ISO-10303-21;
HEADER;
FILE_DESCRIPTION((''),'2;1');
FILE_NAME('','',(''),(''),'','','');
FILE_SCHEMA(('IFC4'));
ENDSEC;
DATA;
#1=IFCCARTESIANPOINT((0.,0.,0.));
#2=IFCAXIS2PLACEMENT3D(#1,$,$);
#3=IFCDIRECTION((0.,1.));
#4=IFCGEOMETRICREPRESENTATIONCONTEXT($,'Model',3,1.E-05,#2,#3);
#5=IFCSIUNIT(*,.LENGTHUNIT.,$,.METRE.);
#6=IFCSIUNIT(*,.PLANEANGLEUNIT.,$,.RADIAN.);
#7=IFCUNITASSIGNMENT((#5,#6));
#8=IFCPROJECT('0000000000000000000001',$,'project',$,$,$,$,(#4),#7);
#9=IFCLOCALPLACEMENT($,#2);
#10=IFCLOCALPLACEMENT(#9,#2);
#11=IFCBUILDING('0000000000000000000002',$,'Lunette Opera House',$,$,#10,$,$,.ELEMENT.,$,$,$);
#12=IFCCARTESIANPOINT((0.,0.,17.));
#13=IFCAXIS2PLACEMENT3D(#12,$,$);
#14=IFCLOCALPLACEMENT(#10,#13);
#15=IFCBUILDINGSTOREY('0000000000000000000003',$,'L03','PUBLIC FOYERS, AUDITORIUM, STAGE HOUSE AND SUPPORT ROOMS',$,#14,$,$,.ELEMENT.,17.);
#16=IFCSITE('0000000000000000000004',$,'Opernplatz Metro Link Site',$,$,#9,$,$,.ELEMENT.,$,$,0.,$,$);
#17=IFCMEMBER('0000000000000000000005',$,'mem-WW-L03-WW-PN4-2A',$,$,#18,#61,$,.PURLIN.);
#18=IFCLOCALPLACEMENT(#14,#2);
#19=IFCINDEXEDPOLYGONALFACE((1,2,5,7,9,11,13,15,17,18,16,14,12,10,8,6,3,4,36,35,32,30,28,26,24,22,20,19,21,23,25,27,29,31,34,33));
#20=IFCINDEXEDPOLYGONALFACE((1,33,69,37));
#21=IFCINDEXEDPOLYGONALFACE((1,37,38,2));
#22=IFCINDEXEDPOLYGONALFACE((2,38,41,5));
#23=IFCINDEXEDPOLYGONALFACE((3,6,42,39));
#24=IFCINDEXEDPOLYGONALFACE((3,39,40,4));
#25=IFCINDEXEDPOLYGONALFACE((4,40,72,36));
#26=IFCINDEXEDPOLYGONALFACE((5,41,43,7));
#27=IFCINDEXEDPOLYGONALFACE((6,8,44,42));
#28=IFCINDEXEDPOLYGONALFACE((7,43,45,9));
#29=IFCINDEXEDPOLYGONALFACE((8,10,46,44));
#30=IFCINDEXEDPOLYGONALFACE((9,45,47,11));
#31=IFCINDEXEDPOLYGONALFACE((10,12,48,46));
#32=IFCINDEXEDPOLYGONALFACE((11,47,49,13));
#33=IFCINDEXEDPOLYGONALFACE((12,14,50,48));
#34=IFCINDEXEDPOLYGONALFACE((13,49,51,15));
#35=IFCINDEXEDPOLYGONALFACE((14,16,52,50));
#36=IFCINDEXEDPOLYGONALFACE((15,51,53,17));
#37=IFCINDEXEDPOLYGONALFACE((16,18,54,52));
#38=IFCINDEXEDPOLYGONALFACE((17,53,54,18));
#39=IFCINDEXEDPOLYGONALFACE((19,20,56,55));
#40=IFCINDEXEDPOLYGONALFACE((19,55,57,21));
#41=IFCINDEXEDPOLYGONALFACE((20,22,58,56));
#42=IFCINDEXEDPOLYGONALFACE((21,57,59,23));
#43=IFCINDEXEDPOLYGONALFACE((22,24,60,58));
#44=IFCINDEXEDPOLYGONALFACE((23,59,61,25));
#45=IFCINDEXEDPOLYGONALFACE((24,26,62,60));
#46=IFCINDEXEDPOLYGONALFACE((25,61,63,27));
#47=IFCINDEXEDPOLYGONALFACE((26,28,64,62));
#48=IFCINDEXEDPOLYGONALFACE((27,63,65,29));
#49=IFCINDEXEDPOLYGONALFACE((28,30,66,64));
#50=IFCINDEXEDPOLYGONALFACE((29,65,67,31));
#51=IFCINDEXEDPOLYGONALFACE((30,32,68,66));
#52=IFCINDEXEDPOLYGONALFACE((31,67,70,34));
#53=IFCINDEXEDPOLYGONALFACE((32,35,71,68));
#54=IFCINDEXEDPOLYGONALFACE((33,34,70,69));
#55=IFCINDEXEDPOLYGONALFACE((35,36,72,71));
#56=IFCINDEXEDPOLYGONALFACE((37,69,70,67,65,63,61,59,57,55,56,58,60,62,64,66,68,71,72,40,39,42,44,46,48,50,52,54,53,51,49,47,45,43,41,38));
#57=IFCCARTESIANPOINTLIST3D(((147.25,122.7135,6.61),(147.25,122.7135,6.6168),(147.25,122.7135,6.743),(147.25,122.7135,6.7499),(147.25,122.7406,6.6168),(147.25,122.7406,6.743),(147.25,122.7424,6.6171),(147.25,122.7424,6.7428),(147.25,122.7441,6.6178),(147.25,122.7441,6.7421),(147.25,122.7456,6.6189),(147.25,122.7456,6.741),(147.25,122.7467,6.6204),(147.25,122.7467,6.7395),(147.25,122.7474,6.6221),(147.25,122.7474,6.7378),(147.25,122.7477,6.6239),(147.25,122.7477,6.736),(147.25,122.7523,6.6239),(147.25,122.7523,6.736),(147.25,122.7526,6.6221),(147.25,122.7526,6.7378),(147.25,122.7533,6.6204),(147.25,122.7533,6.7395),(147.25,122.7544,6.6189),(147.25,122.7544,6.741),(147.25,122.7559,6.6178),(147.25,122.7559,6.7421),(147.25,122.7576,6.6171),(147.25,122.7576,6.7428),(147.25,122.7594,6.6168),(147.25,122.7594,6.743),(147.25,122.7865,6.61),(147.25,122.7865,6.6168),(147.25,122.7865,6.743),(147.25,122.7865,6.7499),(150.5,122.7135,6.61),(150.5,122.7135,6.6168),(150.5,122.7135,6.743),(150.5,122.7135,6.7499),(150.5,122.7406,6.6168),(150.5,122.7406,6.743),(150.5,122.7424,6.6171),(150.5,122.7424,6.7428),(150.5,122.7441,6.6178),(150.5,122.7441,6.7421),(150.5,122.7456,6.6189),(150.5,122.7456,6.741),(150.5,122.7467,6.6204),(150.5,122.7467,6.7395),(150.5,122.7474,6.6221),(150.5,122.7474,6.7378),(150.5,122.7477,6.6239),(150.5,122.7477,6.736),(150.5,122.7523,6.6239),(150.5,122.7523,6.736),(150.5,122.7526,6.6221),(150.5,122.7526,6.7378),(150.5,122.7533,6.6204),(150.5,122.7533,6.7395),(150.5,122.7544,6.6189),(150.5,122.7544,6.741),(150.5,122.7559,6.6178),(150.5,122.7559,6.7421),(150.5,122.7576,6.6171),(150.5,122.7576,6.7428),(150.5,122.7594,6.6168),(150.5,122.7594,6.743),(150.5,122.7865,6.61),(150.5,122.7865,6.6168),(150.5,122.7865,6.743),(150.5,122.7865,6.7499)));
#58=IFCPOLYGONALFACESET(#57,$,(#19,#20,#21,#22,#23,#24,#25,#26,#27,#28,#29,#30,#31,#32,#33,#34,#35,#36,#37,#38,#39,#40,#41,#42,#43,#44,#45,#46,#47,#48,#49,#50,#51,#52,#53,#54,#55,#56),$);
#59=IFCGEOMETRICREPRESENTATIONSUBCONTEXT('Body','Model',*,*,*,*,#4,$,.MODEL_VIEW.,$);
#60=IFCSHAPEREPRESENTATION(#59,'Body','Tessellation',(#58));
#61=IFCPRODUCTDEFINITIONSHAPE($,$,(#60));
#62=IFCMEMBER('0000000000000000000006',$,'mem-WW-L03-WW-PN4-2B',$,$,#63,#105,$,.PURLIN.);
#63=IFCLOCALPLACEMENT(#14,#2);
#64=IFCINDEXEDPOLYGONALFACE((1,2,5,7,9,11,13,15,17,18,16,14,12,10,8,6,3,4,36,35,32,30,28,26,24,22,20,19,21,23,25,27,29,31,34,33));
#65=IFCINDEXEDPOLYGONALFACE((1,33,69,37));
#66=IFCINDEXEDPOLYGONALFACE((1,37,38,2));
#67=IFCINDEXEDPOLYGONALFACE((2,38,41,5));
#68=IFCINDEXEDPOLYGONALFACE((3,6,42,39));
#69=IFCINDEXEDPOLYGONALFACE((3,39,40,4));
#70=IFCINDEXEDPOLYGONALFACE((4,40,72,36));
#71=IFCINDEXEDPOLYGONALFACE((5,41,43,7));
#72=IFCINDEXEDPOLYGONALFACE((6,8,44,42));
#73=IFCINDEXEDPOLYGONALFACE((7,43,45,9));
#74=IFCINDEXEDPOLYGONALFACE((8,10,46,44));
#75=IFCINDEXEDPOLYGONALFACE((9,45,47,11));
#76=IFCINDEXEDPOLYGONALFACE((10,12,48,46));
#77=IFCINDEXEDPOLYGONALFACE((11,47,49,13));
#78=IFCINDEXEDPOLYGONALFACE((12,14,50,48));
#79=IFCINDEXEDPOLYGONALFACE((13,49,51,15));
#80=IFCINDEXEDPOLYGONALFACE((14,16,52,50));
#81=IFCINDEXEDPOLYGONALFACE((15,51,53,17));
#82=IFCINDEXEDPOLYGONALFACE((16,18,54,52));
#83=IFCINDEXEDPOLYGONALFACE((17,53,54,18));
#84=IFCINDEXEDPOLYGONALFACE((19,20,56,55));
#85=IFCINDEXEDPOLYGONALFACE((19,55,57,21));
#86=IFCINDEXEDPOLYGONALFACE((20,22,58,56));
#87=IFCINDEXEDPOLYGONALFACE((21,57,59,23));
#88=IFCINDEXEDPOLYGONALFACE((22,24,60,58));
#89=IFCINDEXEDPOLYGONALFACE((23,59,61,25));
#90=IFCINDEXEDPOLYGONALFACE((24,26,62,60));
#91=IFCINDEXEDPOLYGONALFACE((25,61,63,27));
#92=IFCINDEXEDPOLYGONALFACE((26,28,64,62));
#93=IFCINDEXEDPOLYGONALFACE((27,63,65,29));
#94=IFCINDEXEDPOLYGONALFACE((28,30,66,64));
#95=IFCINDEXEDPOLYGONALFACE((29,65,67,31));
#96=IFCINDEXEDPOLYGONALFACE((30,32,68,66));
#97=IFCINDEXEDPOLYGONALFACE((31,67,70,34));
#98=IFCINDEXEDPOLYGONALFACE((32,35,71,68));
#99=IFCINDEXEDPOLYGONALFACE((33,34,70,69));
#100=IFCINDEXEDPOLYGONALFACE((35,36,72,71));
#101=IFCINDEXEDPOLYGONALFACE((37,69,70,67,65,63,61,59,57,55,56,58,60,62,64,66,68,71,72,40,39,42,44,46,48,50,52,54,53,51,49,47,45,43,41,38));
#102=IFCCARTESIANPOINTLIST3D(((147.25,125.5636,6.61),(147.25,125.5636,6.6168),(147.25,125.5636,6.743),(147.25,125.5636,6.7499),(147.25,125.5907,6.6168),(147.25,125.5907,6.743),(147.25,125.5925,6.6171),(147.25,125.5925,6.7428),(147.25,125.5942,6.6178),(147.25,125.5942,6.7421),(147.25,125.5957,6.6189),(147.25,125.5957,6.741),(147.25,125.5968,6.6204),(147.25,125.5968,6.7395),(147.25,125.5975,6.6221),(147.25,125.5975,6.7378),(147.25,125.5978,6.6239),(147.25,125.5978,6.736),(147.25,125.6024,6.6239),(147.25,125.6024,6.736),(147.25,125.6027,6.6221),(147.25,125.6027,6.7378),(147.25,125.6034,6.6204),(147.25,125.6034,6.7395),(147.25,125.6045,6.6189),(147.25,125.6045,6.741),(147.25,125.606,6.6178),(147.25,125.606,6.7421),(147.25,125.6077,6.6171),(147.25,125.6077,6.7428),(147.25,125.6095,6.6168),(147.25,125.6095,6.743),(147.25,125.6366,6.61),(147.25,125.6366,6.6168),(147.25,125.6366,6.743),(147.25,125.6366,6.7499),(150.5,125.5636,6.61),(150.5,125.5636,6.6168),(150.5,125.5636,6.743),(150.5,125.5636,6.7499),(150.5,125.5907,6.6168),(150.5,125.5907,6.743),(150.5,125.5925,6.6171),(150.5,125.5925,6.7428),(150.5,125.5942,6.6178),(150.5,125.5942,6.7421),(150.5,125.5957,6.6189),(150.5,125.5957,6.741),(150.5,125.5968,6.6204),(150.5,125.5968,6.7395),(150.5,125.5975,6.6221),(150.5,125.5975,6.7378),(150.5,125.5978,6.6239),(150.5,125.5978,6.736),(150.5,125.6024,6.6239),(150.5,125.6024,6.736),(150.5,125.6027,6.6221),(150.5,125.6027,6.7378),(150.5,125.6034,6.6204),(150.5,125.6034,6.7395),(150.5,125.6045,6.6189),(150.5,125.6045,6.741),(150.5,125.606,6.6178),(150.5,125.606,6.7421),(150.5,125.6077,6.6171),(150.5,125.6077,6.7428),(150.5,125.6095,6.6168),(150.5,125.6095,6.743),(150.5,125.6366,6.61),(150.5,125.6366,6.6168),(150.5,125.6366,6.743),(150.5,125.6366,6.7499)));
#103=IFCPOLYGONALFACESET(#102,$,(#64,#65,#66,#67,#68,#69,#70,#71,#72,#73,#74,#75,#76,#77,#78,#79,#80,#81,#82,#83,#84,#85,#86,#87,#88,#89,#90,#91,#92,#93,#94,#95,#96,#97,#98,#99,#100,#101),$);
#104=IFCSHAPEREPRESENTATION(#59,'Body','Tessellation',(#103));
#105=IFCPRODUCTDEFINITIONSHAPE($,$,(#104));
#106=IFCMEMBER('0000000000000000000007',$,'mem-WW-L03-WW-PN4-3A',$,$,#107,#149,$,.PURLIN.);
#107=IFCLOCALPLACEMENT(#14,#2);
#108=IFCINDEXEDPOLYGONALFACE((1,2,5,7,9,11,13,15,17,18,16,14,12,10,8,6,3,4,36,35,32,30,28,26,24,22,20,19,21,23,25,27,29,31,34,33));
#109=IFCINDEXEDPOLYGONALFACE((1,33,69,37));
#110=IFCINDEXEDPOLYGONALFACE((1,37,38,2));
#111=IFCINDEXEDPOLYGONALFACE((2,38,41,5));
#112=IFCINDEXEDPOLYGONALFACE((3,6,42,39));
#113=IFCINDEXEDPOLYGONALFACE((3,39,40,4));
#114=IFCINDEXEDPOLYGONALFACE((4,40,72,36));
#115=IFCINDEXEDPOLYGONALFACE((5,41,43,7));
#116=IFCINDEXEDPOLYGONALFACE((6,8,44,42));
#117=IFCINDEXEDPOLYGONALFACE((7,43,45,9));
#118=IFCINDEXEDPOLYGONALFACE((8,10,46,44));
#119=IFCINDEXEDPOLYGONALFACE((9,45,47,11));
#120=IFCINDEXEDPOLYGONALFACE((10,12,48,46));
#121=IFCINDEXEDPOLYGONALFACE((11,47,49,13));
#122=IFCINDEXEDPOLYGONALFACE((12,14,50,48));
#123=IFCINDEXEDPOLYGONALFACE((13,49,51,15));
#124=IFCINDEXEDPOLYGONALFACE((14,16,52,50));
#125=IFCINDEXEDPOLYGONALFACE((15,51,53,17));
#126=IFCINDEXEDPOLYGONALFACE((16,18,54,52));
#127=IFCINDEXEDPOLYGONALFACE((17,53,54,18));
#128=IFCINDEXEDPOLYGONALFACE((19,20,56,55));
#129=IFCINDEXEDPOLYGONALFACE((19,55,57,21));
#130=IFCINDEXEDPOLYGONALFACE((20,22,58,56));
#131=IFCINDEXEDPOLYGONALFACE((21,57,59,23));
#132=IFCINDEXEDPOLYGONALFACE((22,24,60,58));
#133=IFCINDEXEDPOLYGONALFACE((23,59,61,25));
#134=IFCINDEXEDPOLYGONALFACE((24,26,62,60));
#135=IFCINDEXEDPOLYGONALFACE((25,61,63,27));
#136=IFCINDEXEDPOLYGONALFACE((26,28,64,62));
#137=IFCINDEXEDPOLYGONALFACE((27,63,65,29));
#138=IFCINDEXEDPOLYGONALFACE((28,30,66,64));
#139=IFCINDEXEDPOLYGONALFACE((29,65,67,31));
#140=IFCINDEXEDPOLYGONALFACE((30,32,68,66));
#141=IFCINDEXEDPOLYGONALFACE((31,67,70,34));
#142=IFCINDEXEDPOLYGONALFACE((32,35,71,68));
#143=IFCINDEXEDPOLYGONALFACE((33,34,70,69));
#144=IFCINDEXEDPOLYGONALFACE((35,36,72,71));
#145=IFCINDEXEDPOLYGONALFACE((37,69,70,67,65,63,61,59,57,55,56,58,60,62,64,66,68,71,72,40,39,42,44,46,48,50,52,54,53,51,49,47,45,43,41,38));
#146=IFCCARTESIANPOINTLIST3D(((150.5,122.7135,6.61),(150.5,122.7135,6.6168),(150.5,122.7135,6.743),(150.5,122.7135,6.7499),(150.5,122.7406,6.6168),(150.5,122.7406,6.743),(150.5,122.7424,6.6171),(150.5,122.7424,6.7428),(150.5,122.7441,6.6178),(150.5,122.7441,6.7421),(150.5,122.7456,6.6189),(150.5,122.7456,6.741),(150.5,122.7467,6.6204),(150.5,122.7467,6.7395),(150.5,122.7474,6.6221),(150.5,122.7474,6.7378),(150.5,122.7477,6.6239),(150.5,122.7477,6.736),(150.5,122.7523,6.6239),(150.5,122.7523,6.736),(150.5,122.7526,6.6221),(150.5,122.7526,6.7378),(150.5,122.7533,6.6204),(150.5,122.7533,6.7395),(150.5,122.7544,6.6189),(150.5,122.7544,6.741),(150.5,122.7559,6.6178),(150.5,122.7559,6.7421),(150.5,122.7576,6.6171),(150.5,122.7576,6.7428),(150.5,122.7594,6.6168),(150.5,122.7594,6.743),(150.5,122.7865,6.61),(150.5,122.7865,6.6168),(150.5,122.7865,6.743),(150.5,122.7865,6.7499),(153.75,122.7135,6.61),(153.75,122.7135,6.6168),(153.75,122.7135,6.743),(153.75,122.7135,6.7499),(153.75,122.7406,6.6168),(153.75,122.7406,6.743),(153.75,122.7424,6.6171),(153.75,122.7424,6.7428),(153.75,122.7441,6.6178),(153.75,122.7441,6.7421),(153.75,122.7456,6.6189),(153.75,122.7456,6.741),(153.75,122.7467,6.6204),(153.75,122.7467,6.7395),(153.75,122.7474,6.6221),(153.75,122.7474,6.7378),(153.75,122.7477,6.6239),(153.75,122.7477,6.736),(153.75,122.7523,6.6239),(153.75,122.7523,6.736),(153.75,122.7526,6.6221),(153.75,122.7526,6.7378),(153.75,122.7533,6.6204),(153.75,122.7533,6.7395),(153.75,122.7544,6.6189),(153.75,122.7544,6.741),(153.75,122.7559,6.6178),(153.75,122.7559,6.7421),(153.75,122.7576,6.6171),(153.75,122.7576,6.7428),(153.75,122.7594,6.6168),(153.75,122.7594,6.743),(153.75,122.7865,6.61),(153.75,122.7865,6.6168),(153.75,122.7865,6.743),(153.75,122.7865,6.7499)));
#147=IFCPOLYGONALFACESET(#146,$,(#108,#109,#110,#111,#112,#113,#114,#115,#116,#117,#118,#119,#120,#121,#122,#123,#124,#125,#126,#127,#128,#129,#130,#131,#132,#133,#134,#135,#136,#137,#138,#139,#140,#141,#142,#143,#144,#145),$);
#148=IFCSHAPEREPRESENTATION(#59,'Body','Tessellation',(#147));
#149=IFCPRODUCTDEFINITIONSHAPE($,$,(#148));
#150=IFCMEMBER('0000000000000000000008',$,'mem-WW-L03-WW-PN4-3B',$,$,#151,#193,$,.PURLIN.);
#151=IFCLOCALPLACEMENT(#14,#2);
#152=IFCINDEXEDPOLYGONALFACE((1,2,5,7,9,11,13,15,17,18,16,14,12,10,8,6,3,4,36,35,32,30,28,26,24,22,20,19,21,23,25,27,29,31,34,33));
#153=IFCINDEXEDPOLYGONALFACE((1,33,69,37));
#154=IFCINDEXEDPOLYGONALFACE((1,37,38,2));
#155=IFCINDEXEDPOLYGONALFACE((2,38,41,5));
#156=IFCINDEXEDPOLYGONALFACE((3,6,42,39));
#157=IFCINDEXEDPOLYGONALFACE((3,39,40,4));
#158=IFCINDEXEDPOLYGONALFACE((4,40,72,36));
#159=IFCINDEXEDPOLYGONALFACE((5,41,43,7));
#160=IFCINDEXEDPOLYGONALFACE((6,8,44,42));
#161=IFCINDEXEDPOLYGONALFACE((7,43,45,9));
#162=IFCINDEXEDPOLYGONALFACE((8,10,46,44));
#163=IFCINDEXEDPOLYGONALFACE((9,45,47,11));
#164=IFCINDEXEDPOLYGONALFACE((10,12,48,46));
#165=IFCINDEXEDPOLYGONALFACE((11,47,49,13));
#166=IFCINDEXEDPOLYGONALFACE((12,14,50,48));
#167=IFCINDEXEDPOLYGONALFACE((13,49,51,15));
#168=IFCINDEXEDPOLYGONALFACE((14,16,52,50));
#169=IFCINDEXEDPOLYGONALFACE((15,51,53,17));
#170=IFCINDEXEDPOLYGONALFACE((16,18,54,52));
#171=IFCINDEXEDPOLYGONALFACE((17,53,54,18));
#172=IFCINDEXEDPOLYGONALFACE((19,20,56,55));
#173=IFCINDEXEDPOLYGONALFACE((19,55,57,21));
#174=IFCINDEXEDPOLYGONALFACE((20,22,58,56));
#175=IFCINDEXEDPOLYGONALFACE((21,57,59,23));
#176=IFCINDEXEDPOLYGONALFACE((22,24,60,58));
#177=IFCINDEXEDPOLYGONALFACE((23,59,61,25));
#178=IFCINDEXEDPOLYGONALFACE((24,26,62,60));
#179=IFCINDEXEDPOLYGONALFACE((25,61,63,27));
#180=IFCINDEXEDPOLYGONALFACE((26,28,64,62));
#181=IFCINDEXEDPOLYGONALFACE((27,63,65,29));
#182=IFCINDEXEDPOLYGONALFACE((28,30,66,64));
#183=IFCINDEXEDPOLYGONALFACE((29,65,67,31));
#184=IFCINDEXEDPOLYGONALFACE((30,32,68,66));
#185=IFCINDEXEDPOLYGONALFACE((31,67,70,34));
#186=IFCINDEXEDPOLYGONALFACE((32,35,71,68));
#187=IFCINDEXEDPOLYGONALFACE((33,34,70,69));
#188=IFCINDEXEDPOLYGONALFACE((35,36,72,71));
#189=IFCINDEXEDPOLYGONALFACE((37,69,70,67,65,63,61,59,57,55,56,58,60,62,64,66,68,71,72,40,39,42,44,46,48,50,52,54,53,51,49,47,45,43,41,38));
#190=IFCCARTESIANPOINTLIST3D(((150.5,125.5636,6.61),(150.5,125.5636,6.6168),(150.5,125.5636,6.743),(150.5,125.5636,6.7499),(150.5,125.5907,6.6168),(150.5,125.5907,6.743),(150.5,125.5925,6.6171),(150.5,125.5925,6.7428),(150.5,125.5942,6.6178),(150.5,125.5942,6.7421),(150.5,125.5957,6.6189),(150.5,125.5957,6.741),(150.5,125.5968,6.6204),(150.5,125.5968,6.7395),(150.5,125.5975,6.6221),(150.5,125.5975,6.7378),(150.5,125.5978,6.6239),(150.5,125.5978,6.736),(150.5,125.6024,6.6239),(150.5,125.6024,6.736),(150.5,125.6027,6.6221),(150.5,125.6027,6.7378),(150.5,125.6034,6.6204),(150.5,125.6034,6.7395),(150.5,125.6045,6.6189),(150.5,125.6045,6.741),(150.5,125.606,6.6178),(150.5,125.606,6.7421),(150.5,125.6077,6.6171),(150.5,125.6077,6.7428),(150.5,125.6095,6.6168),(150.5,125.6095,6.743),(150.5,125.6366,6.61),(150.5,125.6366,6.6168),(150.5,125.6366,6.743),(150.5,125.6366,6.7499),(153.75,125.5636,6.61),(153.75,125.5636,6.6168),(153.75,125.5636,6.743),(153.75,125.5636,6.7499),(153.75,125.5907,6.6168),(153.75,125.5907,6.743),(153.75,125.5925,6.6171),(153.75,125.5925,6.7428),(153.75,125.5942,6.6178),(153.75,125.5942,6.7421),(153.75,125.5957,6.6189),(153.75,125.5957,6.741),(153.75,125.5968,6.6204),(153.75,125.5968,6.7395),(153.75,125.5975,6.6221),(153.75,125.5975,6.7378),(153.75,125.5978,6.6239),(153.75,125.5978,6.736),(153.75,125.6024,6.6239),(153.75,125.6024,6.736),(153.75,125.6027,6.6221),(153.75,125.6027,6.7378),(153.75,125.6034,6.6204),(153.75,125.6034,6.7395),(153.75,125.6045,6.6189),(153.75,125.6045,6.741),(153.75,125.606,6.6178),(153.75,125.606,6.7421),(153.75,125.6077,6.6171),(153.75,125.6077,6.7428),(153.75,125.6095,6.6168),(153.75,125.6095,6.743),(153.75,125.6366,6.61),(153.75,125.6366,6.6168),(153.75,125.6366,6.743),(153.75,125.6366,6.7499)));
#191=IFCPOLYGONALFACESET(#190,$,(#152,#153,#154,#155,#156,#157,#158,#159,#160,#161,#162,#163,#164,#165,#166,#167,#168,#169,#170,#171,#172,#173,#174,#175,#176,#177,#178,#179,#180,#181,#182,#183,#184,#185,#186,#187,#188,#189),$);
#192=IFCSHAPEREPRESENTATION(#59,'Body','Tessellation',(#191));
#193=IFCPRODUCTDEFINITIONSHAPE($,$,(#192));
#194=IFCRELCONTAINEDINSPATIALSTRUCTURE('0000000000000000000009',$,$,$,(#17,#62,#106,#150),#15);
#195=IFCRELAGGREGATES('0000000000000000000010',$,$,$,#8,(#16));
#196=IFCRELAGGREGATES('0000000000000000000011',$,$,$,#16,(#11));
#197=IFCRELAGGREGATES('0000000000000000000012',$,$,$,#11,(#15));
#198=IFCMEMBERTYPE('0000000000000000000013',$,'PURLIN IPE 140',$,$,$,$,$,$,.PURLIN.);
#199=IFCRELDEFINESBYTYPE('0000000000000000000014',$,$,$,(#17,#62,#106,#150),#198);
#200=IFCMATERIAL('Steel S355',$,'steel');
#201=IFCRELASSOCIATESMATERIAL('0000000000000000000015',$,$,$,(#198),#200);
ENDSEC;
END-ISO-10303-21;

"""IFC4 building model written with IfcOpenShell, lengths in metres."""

from ifc_helpers import new_model, si_unit, direction, frame, origin, origin_2d, place, context, subcontext, project, spatial, i_section, extrude, material, material_profile, profile_set, type_object, element, save


model = new_model("IFC4")

# Units and contexts
model_context = context("Model", 3, precision=1e-05, world=origin(), true_north=direction((0.0, 1.0)))
body_context = subcontext(model_context, "Body", "Model", "MODEL_VIEW")
ifc_project = project(units=[si_unit("LENGTHUNIT", "METRE"), si_unit("PLANEANGLEUNIT", "RADIAN")], contexts=[model_context])

# Site, building, storey
site_placement = place(None, origin())
site = spatial("IfcSite", under=ifc_project, at=site_placement, Name="Opernplatz Metro Link Site", CompositionType="ELEMENT", RefElevation=0.0)
building_placement = place(site_placement, origin())
building = spatial("IfcBuilding", under=site, at=building_placement, Name="Lunette Opera House", CompositionType="ELEMENT")
storey_placement = place(building_placement, frame((0.0, 0.0, 17.0)))
storey = spatial("IfcBuildingStorey", under=building, at=storey_placement, Name="L03", Description="PUBLIC FOYERS, AUDITORIUM, STAGE HOUSE AND SUPPORT ROOMS", CompositionType="ELEMENT", Elevation=17.0)

# Members
ifc_material_1 = material(Name="Steel S355", Category="steel")
ifc_material_profile_1 = material_profile(ifc_material_1, i_section(OverallWidth=0.073, OverallDepth=0.1399, WebThickness=0.0046, FlangeThickness=0.0068, FilletRadius=0.0071, at=origin_2d()), Name="IPE 140")
ifc_profile_set_1 = profile_set([ifc_material_profile_1], Name="Steel S355")
member_type_1 = type_object("IfcMemberType", Name="PURLIN IPE 140", PredefinedType="PURLIN", material=ifc_profile_set_1)
for number, where, z_axis, x_axis, name in (
    (1, (147.25, 122.75, 6.6799), (1.0, 0.0, 0.0), (0.0, 1.0, 0.0), "mem-WW-L03-WW-PN4-2A"),
    (2, (147.25, 125.6001, 6.6799), (1.0, 0.0, 0.0), (0.0, 1.0, 0.0), "mem-WW-L03-WW-PN4-2B"),
    (3, (150.5, 122.75, 6.6799), (1.0, 0.0, 0.0), (0.0, 1.0, 0.0), "mem-WW-L03-WW-PN4-3A"),
    (4, (150.5, 125.6001, 6.6799), (1.0, 0.0, 0.0), (0.0, 1.0, 0.0), "mem-WW-L03-WW-PN4-3B"),
):
    element("IfcMember", number, at=place(storey_placement, frame(where, z_axis=z_axis, x_axis=x_axis)), inside=storey, type_object=member_type_1, Name=name, PredefinedType="PURLIN", context=body_context, shape_type="SweptSolid", body=[
        extrude(i_section(OverallWidth=0.073, OverallDepth=0.1399, WebThickness=0.0046, FlangeThickness=0.0068, FilletRadius=0.0071, at=origin_2d()), origin(), (0.0, 0.0, 1.0), 3.25),
    ])

save(model, "model.ifc")
